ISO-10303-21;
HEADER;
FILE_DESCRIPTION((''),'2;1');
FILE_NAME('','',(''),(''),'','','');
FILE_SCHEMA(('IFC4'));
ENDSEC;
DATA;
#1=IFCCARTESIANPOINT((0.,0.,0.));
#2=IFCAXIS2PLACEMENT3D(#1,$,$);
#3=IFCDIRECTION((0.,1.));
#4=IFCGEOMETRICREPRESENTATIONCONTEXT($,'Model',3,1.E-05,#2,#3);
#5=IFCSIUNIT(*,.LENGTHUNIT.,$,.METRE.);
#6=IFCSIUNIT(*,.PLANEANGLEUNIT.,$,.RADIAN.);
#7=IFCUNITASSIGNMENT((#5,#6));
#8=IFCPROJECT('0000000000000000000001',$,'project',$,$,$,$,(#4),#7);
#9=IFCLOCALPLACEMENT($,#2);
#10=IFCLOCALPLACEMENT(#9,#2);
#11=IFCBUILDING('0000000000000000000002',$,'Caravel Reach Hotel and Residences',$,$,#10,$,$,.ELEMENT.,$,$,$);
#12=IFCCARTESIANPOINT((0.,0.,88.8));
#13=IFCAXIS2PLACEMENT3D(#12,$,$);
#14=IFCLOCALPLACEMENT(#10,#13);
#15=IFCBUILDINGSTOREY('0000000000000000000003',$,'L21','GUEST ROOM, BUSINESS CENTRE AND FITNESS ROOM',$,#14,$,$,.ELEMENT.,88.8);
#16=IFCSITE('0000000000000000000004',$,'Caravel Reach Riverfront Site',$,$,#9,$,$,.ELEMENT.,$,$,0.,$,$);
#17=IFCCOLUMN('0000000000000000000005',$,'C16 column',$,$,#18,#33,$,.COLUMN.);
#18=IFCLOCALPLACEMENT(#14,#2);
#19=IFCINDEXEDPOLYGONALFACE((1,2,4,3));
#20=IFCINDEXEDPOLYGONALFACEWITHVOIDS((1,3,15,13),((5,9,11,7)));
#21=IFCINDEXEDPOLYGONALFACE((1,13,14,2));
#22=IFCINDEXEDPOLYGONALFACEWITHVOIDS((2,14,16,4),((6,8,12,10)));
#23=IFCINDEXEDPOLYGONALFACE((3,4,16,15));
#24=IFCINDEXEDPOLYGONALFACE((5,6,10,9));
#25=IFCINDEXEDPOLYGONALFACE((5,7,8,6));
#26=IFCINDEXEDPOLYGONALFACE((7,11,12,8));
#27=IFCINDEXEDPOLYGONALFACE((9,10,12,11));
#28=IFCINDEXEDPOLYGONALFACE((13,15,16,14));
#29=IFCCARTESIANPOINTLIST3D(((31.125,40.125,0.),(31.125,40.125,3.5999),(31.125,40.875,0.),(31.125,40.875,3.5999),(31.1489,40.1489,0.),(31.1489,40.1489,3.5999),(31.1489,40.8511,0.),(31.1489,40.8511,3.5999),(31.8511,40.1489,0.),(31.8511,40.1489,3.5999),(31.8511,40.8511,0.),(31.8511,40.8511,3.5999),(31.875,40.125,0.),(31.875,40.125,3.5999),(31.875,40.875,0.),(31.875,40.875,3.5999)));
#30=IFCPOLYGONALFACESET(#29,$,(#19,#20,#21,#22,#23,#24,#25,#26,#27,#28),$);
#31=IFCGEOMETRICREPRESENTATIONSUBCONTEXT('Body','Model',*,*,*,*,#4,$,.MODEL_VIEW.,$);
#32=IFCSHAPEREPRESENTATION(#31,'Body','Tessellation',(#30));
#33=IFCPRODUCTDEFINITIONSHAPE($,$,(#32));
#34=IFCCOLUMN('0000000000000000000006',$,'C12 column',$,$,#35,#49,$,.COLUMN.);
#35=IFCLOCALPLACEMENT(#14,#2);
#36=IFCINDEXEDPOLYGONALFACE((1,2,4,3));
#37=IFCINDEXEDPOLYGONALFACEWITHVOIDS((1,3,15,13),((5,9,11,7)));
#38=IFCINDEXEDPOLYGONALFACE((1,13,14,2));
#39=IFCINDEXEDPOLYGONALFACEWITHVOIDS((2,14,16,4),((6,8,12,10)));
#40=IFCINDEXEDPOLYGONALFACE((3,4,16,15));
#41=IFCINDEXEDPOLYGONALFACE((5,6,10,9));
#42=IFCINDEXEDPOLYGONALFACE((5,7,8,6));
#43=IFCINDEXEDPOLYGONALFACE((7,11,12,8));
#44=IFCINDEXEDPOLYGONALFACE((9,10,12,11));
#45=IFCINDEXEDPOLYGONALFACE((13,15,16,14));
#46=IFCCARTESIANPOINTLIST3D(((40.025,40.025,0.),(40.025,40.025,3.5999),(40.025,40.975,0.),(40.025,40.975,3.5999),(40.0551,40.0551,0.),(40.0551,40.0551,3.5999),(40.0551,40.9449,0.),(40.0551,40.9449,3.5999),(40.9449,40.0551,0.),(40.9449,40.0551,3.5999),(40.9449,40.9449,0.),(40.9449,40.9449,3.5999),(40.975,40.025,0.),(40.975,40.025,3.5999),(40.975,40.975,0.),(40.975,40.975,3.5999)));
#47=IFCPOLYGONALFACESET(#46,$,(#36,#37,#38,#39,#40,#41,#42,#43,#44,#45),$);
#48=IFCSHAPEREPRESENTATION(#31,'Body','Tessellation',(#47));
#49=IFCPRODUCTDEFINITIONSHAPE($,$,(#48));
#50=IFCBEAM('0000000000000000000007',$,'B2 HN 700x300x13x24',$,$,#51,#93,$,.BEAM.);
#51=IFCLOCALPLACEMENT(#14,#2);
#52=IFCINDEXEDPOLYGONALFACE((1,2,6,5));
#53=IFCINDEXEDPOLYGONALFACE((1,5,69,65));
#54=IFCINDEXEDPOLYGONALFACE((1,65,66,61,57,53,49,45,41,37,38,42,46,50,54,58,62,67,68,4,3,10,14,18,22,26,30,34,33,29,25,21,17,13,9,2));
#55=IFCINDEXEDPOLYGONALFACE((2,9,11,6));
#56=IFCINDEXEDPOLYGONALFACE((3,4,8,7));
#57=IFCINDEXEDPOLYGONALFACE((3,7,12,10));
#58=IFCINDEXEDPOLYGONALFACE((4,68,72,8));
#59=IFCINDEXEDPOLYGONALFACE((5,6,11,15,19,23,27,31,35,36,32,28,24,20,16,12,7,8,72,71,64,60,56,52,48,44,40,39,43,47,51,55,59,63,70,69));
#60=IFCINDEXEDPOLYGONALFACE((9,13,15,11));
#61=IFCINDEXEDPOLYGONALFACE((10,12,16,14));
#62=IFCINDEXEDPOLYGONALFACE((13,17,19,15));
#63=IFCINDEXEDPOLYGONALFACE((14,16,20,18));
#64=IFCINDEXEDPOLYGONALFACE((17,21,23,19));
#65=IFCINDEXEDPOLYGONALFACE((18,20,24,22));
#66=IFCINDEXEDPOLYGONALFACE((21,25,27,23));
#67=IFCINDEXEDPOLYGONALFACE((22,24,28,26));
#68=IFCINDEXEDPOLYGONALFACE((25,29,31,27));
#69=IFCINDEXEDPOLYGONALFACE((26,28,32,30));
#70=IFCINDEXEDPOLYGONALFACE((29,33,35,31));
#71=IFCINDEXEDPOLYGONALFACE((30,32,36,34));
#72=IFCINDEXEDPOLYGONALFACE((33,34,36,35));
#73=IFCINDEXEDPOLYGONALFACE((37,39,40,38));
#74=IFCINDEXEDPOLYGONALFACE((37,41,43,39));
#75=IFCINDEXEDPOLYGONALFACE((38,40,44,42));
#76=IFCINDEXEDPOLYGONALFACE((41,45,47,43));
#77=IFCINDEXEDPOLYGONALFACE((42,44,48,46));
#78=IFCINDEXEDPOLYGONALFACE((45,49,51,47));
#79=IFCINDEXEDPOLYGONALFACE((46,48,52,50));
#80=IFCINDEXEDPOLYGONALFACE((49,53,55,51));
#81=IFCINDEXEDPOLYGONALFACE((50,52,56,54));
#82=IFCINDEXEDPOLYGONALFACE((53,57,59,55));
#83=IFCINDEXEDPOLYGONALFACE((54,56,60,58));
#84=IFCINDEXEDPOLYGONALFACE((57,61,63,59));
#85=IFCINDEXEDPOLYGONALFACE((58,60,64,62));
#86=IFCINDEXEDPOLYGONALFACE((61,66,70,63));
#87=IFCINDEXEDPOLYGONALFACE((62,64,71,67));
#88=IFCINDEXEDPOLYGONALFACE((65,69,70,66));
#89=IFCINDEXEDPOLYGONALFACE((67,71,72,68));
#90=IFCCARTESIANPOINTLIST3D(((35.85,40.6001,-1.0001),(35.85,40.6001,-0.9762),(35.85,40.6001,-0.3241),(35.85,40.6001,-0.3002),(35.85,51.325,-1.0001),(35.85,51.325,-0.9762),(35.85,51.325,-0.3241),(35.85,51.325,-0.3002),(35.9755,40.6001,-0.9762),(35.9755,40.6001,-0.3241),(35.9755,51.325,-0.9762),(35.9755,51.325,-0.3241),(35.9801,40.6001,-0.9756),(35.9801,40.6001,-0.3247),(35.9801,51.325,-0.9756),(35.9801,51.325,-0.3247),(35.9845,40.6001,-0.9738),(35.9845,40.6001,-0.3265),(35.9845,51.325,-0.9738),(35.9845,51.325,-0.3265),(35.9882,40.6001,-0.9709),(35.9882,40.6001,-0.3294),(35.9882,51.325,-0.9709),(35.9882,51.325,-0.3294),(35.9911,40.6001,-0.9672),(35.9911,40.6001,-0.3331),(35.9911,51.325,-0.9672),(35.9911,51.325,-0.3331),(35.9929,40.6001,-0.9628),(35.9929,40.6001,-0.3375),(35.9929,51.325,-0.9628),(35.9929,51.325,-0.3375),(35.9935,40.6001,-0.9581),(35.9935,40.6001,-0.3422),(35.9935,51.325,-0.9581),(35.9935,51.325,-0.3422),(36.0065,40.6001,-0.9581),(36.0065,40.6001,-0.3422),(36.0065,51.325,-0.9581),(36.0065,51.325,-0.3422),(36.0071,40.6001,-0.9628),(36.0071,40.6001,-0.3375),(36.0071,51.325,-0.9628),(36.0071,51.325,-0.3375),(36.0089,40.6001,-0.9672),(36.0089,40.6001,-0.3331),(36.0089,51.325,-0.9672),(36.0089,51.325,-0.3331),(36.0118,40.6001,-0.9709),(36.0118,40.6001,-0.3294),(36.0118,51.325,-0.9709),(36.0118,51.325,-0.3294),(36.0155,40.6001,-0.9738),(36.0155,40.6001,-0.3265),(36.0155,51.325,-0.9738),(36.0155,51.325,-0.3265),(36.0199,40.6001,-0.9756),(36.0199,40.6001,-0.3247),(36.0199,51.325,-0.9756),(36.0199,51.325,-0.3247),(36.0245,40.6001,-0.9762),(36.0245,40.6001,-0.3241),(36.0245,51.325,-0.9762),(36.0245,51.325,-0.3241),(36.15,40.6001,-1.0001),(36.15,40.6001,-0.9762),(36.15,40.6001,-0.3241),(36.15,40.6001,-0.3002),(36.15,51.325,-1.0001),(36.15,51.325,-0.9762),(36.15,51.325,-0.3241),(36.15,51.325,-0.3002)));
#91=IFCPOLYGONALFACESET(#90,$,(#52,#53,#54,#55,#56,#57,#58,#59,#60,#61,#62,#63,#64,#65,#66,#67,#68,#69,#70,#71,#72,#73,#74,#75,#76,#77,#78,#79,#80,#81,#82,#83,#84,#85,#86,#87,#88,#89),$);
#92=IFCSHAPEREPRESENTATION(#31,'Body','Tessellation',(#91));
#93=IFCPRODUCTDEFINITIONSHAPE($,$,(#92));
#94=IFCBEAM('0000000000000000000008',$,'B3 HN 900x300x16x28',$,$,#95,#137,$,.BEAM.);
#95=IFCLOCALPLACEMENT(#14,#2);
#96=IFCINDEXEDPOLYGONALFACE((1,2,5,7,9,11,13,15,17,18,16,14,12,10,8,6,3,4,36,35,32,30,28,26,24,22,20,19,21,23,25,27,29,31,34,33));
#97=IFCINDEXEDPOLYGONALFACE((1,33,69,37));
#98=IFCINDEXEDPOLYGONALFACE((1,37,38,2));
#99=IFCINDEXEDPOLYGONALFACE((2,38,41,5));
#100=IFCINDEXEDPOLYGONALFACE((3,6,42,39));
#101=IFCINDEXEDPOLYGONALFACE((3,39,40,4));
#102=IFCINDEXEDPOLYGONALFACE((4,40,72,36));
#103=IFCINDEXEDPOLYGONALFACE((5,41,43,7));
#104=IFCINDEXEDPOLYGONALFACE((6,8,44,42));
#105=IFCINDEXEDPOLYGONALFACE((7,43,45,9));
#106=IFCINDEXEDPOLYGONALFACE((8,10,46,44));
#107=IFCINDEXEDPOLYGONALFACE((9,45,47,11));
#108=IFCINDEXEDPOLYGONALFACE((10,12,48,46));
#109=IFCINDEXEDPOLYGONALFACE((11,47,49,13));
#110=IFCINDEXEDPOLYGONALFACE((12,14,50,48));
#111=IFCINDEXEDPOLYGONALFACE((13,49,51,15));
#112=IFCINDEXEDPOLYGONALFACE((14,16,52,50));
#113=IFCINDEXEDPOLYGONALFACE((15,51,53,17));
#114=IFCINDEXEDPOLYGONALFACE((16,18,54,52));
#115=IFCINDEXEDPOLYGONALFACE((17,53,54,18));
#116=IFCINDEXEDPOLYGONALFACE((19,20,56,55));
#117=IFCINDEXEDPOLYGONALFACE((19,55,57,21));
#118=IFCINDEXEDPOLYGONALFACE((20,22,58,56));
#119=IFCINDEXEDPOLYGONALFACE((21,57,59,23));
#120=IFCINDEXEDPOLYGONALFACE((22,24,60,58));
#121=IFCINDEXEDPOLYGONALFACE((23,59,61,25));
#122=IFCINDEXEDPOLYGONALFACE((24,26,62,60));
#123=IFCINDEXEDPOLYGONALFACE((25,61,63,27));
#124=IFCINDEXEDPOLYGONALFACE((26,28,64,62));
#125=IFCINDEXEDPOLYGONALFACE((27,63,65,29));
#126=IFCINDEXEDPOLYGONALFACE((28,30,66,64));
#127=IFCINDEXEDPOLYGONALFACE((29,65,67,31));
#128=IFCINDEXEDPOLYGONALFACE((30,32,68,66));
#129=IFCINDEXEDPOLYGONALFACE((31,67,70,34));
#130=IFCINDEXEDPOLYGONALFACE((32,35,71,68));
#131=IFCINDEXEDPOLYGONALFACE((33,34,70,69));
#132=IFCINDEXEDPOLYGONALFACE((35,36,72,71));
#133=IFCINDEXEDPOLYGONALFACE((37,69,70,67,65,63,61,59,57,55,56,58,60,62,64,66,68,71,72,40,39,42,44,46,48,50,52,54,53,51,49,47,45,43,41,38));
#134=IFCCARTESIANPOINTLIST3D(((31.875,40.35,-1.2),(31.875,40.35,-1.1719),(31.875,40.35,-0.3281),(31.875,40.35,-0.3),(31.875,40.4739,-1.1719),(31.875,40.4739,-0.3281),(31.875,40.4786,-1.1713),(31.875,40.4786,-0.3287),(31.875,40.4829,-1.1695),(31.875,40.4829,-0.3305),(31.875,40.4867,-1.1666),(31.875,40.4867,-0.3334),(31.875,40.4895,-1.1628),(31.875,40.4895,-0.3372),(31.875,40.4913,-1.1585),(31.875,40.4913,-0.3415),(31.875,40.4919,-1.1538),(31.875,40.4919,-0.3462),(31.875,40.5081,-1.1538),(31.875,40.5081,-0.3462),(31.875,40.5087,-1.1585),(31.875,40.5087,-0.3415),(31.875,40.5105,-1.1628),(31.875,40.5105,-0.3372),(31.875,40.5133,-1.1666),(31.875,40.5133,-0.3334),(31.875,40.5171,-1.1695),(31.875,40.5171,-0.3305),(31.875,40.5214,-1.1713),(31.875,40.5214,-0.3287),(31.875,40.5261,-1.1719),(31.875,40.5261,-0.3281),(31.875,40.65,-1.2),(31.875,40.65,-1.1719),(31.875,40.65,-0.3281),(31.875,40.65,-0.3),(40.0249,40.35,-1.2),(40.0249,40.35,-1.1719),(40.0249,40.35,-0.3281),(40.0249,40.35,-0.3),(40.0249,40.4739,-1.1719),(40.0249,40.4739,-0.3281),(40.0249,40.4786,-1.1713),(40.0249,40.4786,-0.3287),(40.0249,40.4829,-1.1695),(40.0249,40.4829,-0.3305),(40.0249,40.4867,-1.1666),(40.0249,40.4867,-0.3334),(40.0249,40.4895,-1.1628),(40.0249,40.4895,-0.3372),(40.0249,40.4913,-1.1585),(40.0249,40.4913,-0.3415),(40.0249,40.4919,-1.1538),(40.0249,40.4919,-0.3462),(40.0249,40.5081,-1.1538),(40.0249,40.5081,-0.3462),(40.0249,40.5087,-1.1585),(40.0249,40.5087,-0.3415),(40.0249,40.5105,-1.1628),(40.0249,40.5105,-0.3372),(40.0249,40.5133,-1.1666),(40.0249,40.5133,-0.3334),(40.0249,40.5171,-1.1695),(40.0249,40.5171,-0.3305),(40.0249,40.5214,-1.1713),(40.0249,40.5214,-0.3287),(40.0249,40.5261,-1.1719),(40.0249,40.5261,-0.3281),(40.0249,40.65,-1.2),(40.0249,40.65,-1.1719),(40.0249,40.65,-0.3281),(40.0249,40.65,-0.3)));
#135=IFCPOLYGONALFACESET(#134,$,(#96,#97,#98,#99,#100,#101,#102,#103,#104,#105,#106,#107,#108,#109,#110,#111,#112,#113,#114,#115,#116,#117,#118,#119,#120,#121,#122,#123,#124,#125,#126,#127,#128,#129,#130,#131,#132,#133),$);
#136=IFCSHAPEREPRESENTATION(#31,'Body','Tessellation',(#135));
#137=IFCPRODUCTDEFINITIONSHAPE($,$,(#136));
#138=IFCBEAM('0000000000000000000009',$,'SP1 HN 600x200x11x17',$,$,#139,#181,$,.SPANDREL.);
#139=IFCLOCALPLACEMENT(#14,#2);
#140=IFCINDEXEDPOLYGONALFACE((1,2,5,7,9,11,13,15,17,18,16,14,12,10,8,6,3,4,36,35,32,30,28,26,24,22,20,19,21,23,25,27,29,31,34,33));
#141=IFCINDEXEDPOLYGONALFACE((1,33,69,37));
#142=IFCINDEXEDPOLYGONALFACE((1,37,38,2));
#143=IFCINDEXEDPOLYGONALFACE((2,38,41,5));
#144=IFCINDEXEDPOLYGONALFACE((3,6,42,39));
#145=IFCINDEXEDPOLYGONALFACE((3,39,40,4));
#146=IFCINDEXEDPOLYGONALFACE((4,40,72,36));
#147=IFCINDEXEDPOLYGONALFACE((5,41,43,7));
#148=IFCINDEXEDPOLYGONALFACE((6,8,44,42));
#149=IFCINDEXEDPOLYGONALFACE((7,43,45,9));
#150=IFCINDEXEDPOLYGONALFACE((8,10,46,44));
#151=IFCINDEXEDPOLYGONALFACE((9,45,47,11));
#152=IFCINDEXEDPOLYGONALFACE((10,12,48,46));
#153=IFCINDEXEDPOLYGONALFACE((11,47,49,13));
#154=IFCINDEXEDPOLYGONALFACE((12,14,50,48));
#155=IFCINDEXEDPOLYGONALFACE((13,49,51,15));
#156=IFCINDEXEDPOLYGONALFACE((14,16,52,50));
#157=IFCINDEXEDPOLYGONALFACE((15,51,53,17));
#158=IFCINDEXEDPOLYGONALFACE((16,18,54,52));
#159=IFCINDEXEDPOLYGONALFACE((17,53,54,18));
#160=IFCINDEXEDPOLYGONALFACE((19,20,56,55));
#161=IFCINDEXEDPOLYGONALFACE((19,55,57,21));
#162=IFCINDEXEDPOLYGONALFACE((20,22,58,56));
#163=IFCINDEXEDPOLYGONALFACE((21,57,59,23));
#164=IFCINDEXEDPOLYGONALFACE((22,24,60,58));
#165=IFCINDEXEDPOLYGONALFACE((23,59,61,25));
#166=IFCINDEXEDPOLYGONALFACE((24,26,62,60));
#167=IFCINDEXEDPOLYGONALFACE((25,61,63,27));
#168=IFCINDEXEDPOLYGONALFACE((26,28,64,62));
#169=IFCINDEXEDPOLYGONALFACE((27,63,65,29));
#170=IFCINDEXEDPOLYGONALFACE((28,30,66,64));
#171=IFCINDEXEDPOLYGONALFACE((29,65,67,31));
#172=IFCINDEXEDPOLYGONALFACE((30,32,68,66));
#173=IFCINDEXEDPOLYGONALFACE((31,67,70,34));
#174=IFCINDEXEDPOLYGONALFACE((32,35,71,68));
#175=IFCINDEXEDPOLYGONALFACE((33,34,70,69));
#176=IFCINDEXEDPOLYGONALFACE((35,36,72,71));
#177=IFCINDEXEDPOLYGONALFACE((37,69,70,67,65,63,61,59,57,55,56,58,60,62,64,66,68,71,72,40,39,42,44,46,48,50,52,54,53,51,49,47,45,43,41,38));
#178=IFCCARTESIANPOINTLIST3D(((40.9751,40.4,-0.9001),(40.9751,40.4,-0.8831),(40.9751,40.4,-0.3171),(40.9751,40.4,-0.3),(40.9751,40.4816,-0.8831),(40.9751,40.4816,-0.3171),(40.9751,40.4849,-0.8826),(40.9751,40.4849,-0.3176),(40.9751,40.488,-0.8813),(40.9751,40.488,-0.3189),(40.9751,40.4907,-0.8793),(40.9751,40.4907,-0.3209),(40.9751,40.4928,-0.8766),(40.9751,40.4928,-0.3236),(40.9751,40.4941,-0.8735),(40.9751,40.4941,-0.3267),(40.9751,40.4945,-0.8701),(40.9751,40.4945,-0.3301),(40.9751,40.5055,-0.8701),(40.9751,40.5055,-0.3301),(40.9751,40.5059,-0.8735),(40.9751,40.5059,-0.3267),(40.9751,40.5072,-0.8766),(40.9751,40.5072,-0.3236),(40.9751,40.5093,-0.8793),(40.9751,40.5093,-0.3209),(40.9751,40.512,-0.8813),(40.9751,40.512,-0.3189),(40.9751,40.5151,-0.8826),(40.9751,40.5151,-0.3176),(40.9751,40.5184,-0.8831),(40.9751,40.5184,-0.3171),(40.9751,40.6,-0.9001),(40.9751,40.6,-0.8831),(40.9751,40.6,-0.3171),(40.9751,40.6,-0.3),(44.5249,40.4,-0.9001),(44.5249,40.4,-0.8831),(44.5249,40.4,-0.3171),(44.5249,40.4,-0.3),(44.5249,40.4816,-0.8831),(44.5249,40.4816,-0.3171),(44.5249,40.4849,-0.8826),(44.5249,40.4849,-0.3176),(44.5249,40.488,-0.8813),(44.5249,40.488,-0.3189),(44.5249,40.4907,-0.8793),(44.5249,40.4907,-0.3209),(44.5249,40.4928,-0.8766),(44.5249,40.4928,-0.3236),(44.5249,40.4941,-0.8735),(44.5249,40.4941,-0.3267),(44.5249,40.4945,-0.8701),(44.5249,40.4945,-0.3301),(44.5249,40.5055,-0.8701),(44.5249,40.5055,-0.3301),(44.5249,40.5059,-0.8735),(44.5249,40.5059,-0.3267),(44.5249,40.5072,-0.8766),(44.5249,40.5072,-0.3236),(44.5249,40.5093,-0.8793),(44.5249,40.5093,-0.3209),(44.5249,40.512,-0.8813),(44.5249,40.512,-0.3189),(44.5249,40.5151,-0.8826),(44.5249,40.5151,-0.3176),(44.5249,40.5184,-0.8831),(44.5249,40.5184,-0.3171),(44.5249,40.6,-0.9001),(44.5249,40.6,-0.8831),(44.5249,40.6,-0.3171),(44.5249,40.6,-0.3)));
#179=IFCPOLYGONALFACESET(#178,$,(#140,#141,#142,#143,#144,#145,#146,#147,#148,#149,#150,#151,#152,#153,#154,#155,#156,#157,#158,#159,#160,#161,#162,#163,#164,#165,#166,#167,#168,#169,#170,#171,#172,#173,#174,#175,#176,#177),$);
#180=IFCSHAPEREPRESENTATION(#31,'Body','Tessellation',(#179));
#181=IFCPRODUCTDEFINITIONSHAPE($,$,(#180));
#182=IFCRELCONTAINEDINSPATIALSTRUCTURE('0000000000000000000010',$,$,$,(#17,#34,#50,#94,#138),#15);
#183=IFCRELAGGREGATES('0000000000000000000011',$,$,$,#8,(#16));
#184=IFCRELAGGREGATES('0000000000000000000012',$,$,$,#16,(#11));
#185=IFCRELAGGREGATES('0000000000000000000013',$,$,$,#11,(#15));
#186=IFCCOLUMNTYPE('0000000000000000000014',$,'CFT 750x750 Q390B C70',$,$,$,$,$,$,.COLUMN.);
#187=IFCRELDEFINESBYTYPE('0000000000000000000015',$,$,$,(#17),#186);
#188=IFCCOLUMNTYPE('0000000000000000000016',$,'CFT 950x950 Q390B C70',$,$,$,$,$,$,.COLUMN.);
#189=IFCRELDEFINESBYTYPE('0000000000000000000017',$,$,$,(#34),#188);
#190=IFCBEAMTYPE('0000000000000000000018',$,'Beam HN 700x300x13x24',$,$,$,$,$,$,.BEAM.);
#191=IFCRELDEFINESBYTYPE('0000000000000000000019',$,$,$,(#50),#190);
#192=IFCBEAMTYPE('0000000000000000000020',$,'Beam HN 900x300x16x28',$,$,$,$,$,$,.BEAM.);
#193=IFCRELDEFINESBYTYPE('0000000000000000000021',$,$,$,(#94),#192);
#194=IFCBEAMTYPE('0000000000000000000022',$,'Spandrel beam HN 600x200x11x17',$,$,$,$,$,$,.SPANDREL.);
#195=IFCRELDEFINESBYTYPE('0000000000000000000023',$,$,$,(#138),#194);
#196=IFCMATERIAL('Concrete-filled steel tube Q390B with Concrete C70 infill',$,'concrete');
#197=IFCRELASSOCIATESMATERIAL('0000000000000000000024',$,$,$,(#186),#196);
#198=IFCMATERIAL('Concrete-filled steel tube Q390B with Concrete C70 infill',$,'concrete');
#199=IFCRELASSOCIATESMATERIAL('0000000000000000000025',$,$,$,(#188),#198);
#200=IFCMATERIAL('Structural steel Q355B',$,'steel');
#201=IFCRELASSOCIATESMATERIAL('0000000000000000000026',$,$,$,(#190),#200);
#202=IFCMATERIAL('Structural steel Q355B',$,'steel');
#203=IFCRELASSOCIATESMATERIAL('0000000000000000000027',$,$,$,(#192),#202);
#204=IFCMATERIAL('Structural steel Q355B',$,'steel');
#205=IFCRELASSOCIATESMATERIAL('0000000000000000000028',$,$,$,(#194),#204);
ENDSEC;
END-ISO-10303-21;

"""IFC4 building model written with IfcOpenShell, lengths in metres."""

from ifc_helpers import new_model, si_unit, direction, frame, origin, origin_2d, place, context, subcontext, project, spatial, hollow_rectangle, i_section, extrude, material, material_profile, profile_set, type_object, element, save


model = new_model("IFC4")

# Units and contexts
model_context = context("Model", 3, precision=1e-05, world=origin(), true_north=direction((0.0, 1.0)))
body_context = subcontext(model_context, "Body", "Model", "MODEL_VIEW")
ifc_project = project(units=[si_unit("LENGTHUNIT", "METRE"), si_unit("PLANEANGLEUNIT", "RADIAN")], contexts=[model_context])

# Site, building, storey
site_placement = place(None, origin())
site = spatial("IfcSite", under=ifc_project, at=site_placement, Name="Caravel Reach Riverfront Site", CompositionType="ELEMENT", RefElevation=0.0)
building_placement = place(site_placement, origin())
building = spatial("IfcBuilding", under=site, at=building_placement, Name="Caravel Reach Hotel and Residences", CompositionType="ELEMENT")
storey_placement = place(building_placement, frame((0.0, 0.0, 88.8)))
storey = spatial("IfcBuildingStorey", under=building, at=storey_placement, Name="L21", Description="GUEST ROOM, BUSINESS CENTRE AND FITNESS ROOM", CompositionType="ELEMENT", Elevation=88.8)

# Columns
ifc_material_1 = material(Name="Concrete-filled steel tube Q390B with Concrete C70 infill", Category="concrete")
ifc_material_profile_1 = material_profile(ifc_material_1, hollow_rectangle(XDim=0.75, YDim=0.75, WallThickness=0.0239, at=origin_2d()), Name="RHS 750x750x24")
ifc_profile_set_1 = profile_set([ifc_material_profile_1], Name="Concrete-filled steel tube Q390B with Concrete C70 infill")
column_type_1 = type_object("IfcColumnType", Name="CFT 750x750 Q390B C70", PredefinedType="COLUMN", material=ifc_profile_set_1)
column_1_placement = place(storey_placement, frame((31.5, 40.5, 0.0), z_axis=(0.0, 0.0, 1.0), x_axis=(1.0, 0.0, 0.0)))
element("IfcColumn", 1, at=column_1_placement, inside=storey, type_object=column_type_1, Name="C16 column", PredefinedType="COLUMN", context=body_context, shape_type="SweptSolid", body=[
    extrude(hollow_rectangle(XDim=0.75, YDim=0.75, WallThickness=0.0239, at=origin_2d()), origin(), (0.0, 0.0, 1.0), 3.5999),
])
ifc_material_2 = material(Name="Concrete-filled steel tube Q390B with Concrete C70 infill", Category="concrete")
ifc_material_profile_2 = material_profile(ifc_material_2, hollow_rectangle(XDim=0.95, YDim=0.95, WallThickness=0.03, at=origin_2d()), Name="RHS 950x950x30")
ifc_profile_set_2 = profile_set([ifc_material_profile_2], Name="Concrete-filled steel tube Q390B with Concrete C70 infill")
column_type_2 = type_object("IfcColumnType", Name="CFT 950x950 Q390B C70", PredefinedType="COLUMN", material=ifc_profile_set_2)
column_2_placement = place(storey_placement, frame((40.5, 40.5, 0.0), z_axis=(0.0, 0.0, 1.0), x_axis=(1.0, 0.0, 0.0)))
element("IfcColumn", 2, at=column_2_placement, inside=storey, type_object=column_type_2, Name="C12 column", PredefinedType="COLUMN", context=body_context, shape_type="SweptSolid", body=[
    extrude(hollow_rectangle(XDim=0.95, YDim=0.95, WallThickness=0.03, at=origin_2d()), origin(), (0.0, 0.0, 1.0), 3.5999),
])

# Beams
ifc_material_3 = material(Name="Structural steel Q355B", Category="steel")
ifc_material_profile_3 = material_profile(ifc_material_3, i_section(OverallWidth=0.3, OverallDepth=0.7, WebThickness=0.0129, FlangeThickness=0.0239, FilletRadius=0.0181, at=origin_2d()), Name="HN 700x300x13x24")
ifc_profile_set_3 = profile_set([ifc_material_profile_3], Name="Structural steel Q355B")
beam_type_1 = type_object("IfcBeamType", Name="Beam HN 700x300x13x24", PredefinedType="BEAM", material=ifc_profile_set_3)
beam_1_placement = place(storey_placement, frame((36.0, 40.6001, -0.6501), z_axis=(0.0, 1.0, 0.0), x_axis=(-1.0, 0.0, 0.0)))
element("IfcBeam", 3, at=beam_1_placement, inside=storey, type_object=beam_type_1, Name="B2 HN 700x300x13x24", PredefinedType="BEAM", context=body_context, shape_type="SweptSolid", body=[
    extrude(i_section(OverallWidth=0.3, OverallDepth=0.7, WebThickness=0.0129, FlangeThickness=0.0239, FilletRadius=0.0181, at=origin_2d()), origin(), (0.0, 0.0, 1.0), 10.7249),
])
ifc_material_4 = material(Name="Structural steel Q355B", Category="steel")
ifc_material_profile_4 = material_profile(ifc_material_4, i_section(OverallWidth=0.3, OverallDepth=0.8999, WebThickness=0.0161, FlangeThickness=0.0281, FilletRadius=0.0181, at=origin_2d()), Name="HN 900x300x16x28")
ifc_profile_set_4 = profile_set([ifc_material_profile_4], Name="Structural steel Q355B")
beam_type_2 = type_object("IfcBeamType", Name="Beam HN 900x300x16x28", PredefinedType="BEAM", material=ifc_profile_set_4)
beam_2_placement = place(storey_placement, frame((31.875, 40.5, -0.75), z_axis=(1.0, 0.0, 0.0), x_axis=(0.0, 1.0, 0.0)))
element("IfcBeam", 4, at=beam_2_placement, inside=storey, type_object=beam_type_2, Name="B3 HN 900x300x16x28", PredefinedType="BEAM", context=body_context, shape_type="SweptSolid", body=[
    extrude(i_section(OverallWidth=0.3, OverallDepth=0.8999, WebThickness=0.0161, FlangeThickness=0.0281, FilletRadius=0.0181, at=origin_2d()), origin(), (0.0, 0.0, 1.0), 8.1499),
])
ifc_material_5 = material(Name="Structural steel Q355B", Category="steel")
ifc_material_profile_5 = material_profile(ifc_material_5, i_section(OverallWidth=0.2, OverallDepth=0.6001, WebThickness=0.011, FlangeThickness=0.0171, FilletRadius=0.0129, at=origin_2d()), Name="HN 600x200x11x17")
ifc_profile_set_5 = profile_set([ifc_material_profile_5], Name="Structural steel Q355B")
beam_type_3 = type_object("IfcBeamType", Name="Spandrel beam HN 600x200x11x17", PredefinedType="SPANDREL", material=ifc_profile_set_5)
beam_3_placement = place(storey_placement, frame((44.5249, 40.5, -0.6001), z_axis=(-1.0, 0.0, 0.0), x_axis=(0.0, -1.0, 0.0)))
element("IfcBeam", 5, at=beam_3_placement, inside=storey, type_object=beam_type_3, Name="SP1 HN 600x200x11x17", PredefinedType="SPANDREL", context=body_context, shape_type="SweptSolid", body=[
    extrude(i_section(OverallWidth=0.2, OverallDepth=0.6001, WebThickness=0.011, FlangeThickness=0.0171, FilletRadius=0.0129, at=origin_2d()), origin(), (0.0, 0.0, 1.0), 3.5498),
])

save(model, "model.ifc")
